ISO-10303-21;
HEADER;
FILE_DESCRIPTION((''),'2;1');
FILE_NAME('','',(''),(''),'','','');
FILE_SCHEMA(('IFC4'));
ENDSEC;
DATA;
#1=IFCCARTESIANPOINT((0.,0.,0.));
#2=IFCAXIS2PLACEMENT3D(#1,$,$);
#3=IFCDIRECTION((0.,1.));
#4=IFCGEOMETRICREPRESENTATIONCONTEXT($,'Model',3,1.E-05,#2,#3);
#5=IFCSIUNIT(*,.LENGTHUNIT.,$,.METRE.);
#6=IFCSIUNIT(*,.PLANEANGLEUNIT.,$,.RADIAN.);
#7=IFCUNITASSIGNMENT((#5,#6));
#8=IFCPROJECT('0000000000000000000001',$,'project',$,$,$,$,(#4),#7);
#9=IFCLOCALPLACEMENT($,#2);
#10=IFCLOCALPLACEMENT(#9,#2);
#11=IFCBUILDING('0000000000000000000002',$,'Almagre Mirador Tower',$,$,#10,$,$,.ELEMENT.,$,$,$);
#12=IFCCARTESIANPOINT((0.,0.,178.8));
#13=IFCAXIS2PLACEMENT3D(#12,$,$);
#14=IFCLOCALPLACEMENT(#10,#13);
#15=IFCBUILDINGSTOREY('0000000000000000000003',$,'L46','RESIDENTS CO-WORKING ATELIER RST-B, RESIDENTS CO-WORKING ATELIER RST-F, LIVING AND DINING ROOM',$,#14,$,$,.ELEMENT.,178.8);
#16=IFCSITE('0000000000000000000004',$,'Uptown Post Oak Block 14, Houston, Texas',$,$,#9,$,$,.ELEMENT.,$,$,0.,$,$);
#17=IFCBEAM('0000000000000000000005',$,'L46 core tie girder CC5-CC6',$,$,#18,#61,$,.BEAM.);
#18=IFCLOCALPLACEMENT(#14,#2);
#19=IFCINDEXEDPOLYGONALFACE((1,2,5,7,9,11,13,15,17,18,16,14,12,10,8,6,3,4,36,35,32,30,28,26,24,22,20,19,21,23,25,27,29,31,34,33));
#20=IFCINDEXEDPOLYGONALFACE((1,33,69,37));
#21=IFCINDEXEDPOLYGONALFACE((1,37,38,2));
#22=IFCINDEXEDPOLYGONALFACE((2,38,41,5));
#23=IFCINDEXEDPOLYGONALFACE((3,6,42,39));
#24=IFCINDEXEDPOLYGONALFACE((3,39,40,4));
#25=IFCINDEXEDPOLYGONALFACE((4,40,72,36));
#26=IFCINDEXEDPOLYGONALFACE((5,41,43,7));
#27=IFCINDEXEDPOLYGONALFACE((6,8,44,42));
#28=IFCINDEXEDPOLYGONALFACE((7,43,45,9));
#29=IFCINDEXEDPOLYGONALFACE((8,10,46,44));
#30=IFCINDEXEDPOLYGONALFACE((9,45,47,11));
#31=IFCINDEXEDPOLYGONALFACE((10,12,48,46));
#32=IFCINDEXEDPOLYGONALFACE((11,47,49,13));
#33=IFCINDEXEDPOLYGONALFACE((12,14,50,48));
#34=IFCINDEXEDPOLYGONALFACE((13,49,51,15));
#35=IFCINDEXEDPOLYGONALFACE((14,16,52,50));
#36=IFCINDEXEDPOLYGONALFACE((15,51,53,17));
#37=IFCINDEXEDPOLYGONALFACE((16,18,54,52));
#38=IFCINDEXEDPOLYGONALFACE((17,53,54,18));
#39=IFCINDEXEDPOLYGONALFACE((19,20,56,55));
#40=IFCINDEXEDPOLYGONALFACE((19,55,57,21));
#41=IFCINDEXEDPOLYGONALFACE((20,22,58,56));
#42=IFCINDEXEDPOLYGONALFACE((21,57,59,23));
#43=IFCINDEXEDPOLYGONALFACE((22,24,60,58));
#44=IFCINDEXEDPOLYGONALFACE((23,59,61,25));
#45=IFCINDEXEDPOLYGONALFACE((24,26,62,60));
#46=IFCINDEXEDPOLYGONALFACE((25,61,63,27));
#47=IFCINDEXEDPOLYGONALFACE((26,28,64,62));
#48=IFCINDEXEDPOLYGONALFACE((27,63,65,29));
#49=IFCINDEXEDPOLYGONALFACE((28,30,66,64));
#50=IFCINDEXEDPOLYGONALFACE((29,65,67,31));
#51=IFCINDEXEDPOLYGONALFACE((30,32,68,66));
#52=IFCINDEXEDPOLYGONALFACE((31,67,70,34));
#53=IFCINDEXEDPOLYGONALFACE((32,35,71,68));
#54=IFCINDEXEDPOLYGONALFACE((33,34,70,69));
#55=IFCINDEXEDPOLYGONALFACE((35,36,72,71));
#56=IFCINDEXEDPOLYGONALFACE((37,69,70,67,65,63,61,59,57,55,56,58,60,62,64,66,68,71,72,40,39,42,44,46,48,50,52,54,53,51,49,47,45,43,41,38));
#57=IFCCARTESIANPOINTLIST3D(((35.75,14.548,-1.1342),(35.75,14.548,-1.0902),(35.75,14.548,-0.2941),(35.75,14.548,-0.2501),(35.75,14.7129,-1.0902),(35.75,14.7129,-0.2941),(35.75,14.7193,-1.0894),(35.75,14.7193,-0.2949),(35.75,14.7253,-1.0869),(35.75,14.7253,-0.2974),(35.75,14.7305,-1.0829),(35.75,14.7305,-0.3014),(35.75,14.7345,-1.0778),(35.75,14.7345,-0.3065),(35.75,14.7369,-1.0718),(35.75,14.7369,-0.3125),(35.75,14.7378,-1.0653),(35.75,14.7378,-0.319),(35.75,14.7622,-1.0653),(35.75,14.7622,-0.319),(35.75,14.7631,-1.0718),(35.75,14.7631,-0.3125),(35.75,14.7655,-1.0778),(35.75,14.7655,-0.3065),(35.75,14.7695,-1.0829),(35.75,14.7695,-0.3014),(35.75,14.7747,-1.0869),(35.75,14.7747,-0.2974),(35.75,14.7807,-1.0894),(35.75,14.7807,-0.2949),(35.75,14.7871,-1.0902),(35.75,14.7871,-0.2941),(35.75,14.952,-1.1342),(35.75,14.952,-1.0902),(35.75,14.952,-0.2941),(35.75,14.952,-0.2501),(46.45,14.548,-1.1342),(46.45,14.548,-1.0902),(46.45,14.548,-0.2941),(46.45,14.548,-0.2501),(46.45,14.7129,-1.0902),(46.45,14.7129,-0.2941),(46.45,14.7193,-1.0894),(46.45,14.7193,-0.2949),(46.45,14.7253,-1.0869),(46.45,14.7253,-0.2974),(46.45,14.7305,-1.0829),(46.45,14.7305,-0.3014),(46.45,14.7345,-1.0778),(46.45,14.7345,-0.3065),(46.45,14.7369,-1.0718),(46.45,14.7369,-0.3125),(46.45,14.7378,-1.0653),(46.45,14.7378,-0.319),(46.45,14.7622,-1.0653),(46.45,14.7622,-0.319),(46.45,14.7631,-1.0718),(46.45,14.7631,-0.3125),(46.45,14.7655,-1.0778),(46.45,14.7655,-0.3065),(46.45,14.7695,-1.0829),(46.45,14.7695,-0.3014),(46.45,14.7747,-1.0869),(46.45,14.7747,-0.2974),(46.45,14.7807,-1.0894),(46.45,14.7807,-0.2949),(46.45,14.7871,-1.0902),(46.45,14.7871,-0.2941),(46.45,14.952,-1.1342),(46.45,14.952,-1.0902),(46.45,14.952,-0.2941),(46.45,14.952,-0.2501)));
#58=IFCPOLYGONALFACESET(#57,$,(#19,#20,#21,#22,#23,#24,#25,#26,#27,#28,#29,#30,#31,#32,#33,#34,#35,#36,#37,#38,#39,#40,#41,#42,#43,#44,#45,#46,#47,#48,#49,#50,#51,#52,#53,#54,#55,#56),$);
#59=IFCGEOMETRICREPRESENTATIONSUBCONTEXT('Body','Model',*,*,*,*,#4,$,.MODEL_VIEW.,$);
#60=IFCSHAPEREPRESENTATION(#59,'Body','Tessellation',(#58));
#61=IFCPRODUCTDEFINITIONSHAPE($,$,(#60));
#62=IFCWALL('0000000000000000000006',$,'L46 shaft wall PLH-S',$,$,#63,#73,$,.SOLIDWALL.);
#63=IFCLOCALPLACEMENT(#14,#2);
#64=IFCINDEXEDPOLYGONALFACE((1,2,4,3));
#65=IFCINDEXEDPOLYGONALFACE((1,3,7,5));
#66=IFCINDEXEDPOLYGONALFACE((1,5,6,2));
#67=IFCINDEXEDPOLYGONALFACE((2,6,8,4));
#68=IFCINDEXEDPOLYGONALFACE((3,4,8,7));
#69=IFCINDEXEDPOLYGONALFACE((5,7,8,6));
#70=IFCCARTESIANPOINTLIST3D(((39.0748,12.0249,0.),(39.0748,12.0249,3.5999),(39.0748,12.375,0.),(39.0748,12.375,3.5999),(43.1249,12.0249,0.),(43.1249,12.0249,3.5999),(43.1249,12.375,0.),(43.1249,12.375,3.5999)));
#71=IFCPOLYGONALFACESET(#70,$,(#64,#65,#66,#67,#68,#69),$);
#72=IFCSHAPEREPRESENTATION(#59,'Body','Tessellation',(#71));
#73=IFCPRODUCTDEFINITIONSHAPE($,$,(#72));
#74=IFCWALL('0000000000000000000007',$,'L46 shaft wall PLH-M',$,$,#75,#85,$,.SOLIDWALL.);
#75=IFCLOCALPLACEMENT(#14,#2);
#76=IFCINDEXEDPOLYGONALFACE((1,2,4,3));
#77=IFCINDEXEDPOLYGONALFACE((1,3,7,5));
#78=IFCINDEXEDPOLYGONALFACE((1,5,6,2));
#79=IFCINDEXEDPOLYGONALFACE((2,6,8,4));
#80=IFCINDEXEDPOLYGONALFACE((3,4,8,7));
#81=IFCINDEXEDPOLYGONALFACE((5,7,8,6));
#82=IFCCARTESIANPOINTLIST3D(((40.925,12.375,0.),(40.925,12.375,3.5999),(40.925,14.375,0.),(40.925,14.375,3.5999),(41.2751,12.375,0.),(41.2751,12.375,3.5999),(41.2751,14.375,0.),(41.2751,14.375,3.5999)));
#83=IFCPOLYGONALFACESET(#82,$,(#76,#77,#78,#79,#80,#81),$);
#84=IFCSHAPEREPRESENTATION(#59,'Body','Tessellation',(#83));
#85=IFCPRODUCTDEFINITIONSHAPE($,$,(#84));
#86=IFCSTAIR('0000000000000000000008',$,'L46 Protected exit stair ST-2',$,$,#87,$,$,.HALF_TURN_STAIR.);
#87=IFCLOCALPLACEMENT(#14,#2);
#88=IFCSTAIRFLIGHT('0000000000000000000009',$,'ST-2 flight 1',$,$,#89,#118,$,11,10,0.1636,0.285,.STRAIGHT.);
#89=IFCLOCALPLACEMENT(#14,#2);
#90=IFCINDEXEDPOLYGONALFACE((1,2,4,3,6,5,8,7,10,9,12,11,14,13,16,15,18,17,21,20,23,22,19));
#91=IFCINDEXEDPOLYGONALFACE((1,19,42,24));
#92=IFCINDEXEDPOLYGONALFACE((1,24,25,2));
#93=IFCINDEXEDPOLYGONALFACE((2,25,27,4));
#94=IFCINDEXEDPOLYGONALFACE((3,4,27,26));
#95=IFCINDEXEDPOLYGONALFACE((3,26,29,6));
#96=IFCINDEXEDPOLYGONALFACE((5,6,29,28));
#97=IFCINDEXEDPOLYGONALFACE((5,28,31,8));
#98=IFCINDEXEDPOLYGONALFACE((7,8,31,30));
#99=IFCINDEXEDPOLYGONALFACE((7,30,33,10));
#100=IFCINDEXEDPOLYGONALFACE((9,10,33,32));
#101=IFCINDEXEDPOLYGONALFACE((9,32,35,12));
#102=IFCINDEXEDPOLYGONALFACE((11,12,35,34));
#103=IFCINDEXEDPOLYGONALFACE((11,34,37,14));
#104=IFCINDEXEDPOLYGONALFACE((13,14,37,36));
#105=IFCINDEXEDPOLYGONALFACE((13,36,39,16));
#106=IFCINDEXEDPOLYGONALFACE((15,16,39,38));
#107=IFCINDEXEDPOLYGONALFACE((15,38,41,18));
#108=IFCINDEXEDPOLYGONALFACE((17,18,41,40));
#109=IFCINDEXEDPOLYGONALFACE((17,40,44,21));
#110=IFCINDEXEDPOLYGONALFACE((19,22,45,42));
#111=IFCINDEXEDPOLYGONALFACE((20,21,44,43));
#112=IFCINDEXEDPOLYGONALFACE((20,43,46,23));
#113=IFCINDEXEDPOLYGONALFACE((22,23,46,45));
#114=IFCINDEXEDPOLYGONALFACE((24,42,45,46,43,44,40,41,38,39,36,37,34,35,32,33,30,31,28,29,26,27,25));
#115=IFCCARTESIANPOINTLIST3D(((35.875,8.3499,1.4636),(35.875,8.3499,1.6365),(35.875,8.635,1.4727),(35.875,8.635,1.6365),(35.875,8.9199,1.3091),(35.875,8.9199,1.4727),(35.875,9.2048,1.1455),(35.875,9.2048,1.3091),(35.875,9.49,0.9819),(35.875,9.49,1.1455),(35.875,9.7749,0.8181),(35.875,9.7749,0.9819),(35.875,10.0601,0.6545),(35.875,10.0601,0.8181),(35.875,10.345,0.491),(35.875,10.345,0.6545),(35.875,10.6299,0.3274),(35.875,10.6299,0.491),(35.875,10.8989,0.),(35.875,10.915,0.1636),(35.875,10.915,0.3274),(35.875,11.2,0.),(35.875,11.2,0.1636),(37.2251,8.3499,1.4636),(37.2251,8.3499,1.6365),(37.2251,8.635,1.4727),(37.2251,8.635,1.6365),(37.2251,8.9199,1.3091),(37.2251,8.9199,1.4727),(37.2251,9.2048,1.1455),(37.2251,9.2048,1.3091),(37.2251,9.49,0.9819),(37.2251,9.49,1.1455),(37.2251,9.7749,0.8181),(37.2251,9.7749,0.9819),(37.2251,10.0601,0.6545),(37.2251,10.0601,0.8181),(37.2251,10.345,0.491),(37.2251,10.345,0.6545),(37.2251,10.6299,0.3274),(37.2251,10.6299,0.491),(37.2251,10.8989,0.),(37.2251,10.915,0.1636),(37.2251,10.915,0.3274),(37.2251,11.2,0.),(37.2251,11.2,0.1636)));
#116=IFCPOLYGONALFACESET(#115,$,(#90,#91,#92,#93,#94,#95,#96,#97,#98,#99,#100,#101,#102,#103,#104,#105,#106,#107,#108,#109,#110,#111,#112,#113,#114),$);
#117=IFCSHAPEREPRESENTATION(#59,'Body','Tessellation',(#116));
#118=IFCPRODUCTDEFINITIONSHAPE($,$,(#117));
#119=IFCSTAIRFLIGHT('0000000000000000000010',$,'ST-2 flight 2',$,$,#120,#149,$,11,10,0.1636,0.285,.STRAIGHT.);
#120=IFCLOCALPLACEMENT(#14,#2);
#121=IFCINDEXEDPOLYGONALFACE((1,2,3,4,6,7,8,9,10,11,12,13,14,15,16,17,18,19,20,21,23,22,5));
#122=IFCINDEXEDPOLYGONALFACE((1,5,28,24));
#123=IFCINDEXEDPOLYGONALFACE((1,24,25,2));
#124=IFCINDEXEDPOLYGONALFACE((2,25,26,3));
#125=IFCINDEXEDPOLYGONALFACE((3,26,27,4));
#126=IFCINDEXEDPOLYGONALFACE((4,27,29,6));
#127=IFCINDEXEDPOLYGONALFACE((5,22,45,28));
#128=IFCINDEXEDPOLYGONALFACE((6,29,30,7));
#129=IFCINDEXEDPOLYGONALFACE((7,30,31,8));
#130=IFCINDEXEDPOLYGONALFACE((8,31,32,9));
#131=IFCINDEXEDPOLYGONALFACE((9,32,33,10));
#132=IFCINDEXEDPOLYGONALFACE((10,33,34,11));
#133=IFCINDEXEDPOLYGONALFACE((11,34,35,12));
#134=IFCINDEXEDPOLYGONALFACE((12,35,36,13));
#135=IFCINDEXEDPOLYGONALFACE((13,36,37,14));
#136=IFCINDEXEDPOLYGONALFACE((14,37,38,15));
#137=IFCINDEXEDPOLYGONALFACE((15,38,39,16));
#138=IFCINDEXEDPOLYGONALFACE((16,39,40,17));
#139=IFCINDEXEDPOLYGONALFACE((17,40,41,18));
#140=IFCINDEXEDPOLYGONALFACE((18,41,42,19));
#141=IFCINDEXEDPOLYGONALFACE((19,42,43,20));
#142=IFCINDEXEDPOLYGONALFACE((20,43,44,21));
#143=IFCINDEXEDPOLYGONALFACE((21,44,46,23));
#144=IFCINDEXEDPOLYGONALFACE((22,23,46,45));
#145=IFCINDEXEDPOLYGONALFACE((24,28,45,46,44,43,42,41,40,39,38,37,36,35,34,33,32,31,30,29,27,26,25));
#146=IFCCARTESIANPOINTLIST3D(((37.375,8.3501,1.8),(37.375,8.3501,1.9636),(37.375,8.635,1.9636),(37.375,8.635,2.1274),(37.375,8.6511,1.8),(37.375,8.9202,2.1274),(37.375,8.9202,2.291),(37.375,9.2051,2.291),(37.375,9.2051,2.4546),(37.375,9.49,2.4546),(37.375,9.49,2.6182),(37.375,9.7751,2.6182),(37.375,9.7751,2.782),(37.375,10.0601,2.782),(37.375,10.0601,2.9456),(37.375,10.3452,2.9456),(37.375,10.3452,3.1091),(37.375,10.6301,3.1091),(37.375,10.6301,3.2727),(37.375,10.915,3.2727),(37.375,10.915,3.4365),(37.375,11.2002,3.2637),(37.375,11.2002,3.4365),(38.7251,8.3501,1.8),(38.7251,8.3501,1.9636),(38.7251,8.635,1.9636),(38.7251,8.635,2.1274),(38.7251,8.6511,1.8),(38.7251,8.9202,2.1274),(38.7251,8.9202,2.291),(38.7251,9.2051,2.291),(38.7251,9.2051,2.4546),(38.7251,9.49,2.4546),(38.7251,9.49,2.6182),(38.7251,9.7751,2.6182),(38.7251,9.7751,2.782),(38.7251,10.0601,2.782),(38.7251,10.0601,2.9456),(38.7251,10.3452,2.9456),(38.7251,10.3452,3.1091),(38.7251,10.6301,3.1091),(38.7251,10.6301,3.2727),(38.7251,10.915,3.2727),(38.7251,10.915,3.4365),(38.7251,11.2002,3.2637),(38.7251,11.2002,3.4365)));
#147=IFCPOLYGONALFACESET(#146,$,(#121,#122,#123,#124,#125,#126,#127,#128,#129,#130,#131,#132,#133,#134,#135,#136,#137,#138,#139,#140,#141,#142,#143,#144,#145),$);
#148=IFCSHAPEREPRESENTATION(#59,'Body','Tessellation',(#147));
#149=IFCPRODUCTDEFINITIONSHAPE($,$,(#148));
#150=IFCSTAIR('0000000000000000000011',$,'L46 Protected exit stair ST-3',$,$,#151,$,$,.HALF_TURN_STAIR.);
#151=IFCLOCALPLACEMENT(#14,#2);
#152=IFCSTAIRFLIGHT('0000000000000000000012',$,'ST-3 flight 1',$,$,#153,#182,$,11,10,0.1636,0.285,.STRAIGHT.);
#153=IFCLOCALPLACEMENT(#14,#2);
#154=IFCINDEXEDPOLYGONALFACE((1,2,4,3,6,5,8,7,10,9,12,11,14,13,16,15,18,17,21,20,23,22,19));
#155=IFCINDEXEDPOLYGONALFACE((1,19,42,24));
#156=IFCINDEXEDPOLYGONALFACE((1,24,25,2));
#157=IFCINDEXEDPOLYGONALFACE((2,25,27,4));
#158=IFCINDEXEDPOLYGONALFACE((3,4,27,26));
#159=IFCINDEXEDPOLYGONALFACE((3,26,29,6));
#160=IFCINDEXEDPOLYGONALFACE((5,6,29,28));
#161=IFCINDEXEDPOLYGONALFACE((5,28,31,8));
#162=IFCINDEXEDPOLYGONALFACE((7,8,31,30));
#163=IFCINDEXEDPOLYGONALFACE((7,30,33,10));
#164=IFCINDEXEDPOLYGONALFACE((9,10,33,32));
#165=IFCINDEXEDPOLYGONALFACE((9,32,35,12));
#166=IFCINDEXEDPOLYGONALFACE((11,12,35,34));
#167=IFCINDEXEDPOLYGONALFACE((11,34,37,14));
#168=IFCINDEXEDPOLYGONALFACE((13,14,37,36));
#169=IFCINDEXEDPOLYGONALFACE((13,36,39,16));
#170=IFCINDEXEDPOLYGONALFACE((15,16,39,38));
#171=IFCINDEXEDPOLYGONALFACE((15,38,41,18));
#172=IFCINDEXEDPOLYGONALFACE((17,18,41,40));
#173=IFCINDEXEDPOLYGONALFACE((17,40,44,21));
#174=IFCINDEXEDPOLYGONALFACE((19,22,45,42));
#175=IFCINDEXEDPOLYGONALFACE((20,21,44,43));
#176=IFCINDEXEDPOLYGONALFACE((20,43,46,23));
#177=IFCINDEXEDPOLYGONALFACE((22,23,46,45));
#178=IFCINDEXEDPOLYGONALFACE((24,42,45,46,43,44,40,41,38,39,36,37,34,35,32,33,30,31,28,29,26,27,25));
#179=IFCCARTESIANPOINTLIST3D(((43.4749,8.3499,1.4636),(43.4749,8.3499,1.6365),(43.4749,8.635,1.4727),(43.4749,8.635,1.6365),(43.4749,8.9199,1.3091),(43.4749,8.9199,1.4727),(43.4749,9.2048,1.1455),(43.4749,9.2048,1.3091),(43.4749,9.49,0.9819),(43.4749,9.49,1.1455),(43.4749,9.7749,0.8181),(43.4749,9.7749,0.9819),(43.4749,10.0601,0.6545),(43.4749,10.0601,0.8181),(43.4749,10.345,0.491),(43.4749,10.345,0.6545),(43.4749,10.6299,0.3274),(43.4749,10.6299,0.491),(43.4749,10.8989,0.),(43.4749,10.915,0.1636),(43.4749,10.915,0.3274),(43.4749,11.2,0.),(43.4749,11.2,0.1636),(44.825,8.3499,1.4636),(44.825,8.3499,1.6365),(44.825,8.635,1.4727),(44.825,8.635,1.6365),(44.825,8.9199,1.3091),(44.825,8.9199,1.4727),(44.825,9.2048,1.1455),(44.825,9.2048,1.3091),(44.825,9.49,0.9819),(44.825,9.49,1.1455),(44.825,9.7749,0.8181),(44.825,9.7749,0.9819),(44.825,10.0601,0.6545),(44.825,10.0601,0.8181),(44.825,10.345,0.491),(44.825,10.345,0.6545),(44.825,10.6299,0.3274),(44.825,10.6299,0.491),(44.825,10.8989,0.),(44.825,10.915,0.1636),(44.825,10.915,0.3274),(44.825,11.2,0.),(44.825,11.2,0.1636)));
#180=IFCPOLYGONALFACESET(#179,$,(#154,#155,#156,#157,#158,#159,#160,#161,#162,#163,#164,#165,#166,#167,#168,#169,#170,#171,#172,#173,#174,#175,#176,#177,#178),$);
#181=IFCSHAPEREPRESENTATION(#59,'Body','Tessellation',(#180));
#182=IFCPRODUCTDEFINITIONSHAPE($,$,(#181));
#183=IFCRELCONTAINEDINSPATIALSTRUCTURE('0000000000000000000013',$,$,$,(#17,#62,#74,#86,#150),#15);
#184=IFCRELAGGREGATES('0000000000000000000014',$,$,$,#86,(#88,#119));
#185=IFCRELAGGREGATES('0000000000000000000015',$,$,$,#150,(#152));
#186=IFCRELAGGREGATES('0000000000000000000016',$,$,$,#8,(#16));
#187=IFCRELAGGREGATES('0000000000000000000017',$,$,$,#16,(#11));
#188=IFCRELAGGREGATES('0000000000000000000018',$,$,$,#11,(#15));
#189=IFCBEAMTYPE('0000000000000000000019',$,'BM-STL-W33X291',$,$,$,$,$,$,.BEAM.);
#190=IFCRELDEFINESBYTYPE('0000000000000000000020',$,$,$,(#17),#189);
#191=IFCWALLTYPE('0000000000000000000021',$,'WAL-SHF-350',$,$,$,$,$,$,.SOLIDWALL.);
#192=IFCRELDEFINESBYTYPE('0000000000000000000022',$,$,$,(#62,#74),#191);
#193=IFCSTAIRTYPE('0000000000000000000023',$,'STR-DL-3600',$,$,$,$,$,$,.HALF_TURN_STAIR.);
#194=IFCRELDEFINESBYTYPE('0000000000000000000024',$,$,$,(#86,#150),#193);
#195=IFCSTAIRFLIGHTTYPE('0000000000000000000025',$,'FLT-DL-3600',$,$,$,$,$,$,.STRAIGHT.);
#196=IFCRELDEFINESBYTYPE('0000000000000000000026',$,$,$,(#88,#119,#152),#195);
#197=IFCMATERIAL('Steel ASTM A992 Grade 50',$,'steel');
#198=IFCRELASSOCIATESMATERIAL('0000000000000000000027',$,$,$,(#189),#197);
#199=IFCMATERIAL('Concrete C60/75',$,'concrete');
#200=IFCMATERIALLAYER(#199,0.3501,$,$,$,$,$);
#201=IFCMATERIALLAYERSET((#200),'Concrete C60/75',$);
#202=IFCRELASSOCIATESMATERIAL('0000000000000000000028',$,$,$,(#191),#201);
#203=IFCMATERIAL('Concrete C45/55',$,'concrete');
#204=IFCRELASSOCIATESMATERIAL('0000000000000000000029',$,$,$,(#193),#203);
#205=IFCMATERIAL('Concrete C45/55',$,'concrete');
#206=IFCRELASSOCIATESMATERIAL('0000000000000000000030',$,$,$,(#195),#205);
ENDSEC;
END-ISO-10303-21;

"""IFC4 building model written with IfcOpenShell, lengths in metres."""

from ifc_helpers import new_model, si_unit, direction, frame, frame_2d, origin, origin_2d, place, context, subcontext, project, spatial, polyline, rectangle, i_section, outline, extrude, material, layer, layer_set, material_profile, profile_set, type_object, element, aggregate, save


model = new_model("IFC4")

# Units and contexts
model_context = context("Model", 3, precision=1e-05, world=origin(), true_north=direction((0.0, 1.0)))
body_context = subcontext(model_context, "Body", "Model", "MODEL_VIEW")
ifc_project = project(units=[si_unit("LENGTHUNIT", "METRE"), si_unit("PLANEANGLEUNIT", "RADIAN")], contexts=[model_context])

# Site, building, storey
site_placement = place(None, origin())
site = spatial("IfcSite", under=ifc_project, at=site_placement, Name="Uptown Post Oak Block 14, Houston, Texas", CompositionType="ELEMENT", RefElevation=0.0)
building_placement = place(site_placement, origin())
building = spatial("IfcBuilding", under=site, at=building_placement, Name="Almagre Mirador Tower", CompositionType="ELEMENT")
storey_placement = place(building_placement, frame((0.0, 0.0, 178.8)))
storey = spatial("IfcBuildingStorey", under=building, at=storey_placement, Name="L46", Description="RESIDENTS CO-WORKING ATELIER RST-B, RESIDENTS CO-WORKING ATELIER RST-F, LIVING AND DINING ROOM", CompositionType="ELEMENT", Elevation=178.8)

# Beam
ifc_material_1 = material(Name="Steel ASTM A992 Grade 50", Category="steel")
ifc_material_profile = material_profile(ifc_material_1, i_section(OverallWidth=0.4041, OverallDepth=0.884, WebThickness=0.0244, FlangeThickness=0.0439, FilletRadius=0.0249, at=origin_2d()), Name="W33X291")
ifc_profile_set = profile_set([ifc_material_profile], Name="Steel ASTM A992 Grade 50")
beam_type = type_object("IfcBeamType", Name="BM-STL-W33X291", PredefinedType="BEAM", material=ifc_profile_set)
beam_placement = place(storey_placement, frame((35.75, 14.75, -0.6921), z_axis=(1.0, 0.0, 0.0), x_axis=(0.0, 1.0, 0.0)))
element("IfcBeam", 1, at=beam_placement, inside=storey, type_object=beam_type, Name="L46 core tie girder CC5-CC6", PredefinedType="BEAM", context=body_context, shape_type="SweptSolid", body=[
    extrude(i_section(OverallWidth=0.4041, OverallDepth=0.884, WebThickness=0.0244, FlangeThickness=0.0439, FilletRadius=0.0249, at=origin_2d()), origin(), (0.0, 0.0, 1.0), 10.7),
])

# Walls
ifc_material_2 = material(Name="Concrete C60/75", Category="concrete")
ifc_layer_1 = layer(ifc_material_2, 0.3501)
ifc_layer_set_1 = layer_set([ifc_layer_1], Name="Concrete C60/75")
wall_type_1 = type_object("IfcWallType", Name="WAL-SHF-350", PredefinedType="SOLIDWALL", material=ifc_layer_set_1)
wall_1_placement = place(storey_placement, frame((39.075, 12.2, 0.0), z_axis=(0.0, 0.0, 1.0), x_axis=(1.0, 0.0, 0.0)))
element("IfcWall", 2, at=wall_1_placement, inside=storey, type_object=wall_type_1, Name="L46 shaft wall PLH-S", PredefinedType="SOLIDWALL", context=body_context, shape_type="SweptSolid", body=[
    extrude(rectangle(XDim=4.05, YDim=0.3501, at=frame_2d((2.0249, 0.0))), origin(), (0.0, 0.0, 1.0), 3.5999),
])
wall_2_placement = place(storey_placement, frame((41.1001, 12.375, 0.0), z_axis=(0.0, 0.0, 1.0), x_axis=(0.0, 1.0, 0.0)))
element("IfcWall", 3, at=wall_2_placement, inside=storey, type_object=wall_type_1, Name="L46 shaft wall PLH-M", PredefinedType="SOLIDWALL", context=body_context, shape_type="SweptSolid", body=[
    extrude(rectangle(XDim=2.0, YDim=0.3501, at=frame_2d((1.0, 0.0))), origin(), (0.0, 0.0, 1.0), 3.5999),
])

# Stair, stair flights
ifc_material_3 = material(Name="Concrete C45/55", Category="concrete")
stair_type = type_object("IfcStairType", Name="STR-DL-3600", PredefinedType="HALF_TURN_STAIR", material=ifc_material_3)
stair_1_placement = place(storey_placement, origin())
stair_1 = element("IfcStair", 4, at=stair_1_placement, inside=storey, type_object=stair_type, Name="L46 Protected exit stair ST-2", PredefinedType="HALF_TURN_STAIR")
ifc_material_4 = material(Name="Concrete C45/55", Category="concrete")
stair_flight_type = type_object("IfcStairFlightType", Name="FLT-DL-3600", PredefinedType="STRAIGHT", material=ifc_material_4)
stair_flight_1_placement = place(storey_placement, frame((36.55, 11.2, 0.0), z_axis=(0.0, 0.0, 1.0), x_axis=(0.0, -1.0, 0.0)))
stair_flight_1 = element("IfcStairFlight", 5, at=stair_flight_1_placement, type_object=stair_flight_type, Name="ST-2 flight 1", NumberOfRisers=11, NumberOfTreads=10, PredefinedType="STRAIGHT", RiserHeight=0.1636, TreadLength=0.285, context=body_context, shape_type="SweptSolid", body=[
    extrude(outline(polyline([(0.0, 0.0), (0.0, 0.1636), (0.2849, 0.1636), (0.2849, 0.3274), (0.5701, 0.3274), (0.5701, 0.491), (0.855, 0.491), (0.855, 0.6545), (1.1399, 0.6545), (1.1399, 0.8181), (1.425, 0.8181), (1.425, 0.9819), (1.71, 0.9819), (1.71, 1.1455), (1.9951, 1.1455), (1.9951, 1.3091), (2.28, 1.3091), (2.28, 1.4727), (2.5649, 1.4727), (2.5649, 1.6365), (2.8501, 1.6365), (2.8501, 1.8), (2.8501, 1.4636), (0.301, 0.0), (0.0, 0.0)])), frame((0.0, 0.675, 0.0), z_axis=(0.0, -1.0, 0.0), x_axis=(1.0, 0.0, 0.0)), (0.0, 0.0, 1.0), 1.3501),
])
stair_flight_2_placement = place(storey_placement, frame((38.05, 8.3501, 1.8), z_axis=(0.0, 0.0, 1.0), x_axis=(0.0, 1.0, 0.0)))
stair_flight_2 = element("IfcStairFlight", 6, at=stair_flight_2_placement, type_object=stair_flight_type, Name="ST-2 flight 2", NumberOfRisers=11, NumberOfTreads=10, PredefinedType="STRAIGHT", RiserHeight=0.1636, TreadLength=0.285, context=body_context, shape_type="SweptSolid", body=[
    extrude(outline(polyline([(0.0, 0.0), (0.0, 0.1636), (0.2849, 0.1636), (0.2849, 0.3274), (0.5701, 0.3274), (0.5701, 0.491), (0.855, 0.491), (0.855, 0.6545), (1.1399, 0.6545), (1.1399, 0.8181), (1.425, 0.8181), (1.425, 0.9819), (1.71, 0.9819), (1.71, 1.1455), (1.9951, 1.1455), (1.9951, 1.3091), (2.28, 1.3091), (2.28, 1.4727), (2.5649, 1.4727), (2.5649, 1.6365), (2.8501, 1.6365), (2.8501, 1.8), (2.8501, 1.4636), (0.301, 0.0), (0.0, 0.0)])), frame((0.0, 0.675, 0.0), z_axis=(0.0, -1.0, 0.0), x_axis=(1.0, 0.0, 0.0)), (0.0, 0.0, 1.0), 1.3501),
])
aggregate(stair_1, [stair_flight_1, stair_flight_2])

# Stair, stair flight
stair_2_placement = place(storey_placement, origin())
stair_2 = element("IfcStair", 7, at=stair_2_placement, inside=storey, type_object=stair_type, Name="L46 Protected exit stair ST-3", PredefinedType="HALF_TURN_STAIR")
stair_flight_3_placement = place(storey_placement, frame((44.1499, 11.2, 0.0), z_axis=(0.0, 0.0, 1.0), x_axis=(0.0, -1.0, 0.0)))
stair_flight_3 = element("IfcStairFlight", 8, at=stair_flight_3_placement, type_object=stair_flight_type, Name="ST-3 flight 1", NumberOfRisers=11, NumberOfTreads=10, PredefinedType="STRAIGHT", RiserHeight=0.1636, TreadLength=0.285, context=body_context, shape_type="SweptSolid", body=[
    extrude(outline(polyline([(0.0, 0.0), (0.0, 0.1636), (0.2849, 0.1636), (0.2849, 0.3274), (0.5701, 0.3274), (0.5701, 0.491), (0.855, 0.491), (0.855, 0.6545), (1.1399, 0.6545), (1.1399, 0.8181), (1.425, 0.8181), (1.425, 0.9819), (1.71, 0.9819), (1.71, 1.1455), (1.9951, 1.1455), (1.9951, 1.3091), (2.28, 1.3091), (2.28, 1.4727), (2.5649, 1.4727), (2.5649, 1.6365), (2.8501, 1.6365), (2.8501, 1.8), (2.8501, 1.4636), (0.301, 0.0), (0.0, 0.0)])), frame((0.0, 0.675, 0.0), z_axis=(0.0, -1.0, 0.0), x_axis=(1.0, 0.0, 0.0)), (0.0, 0.0, 1.0), 1.3501),
])
aggregate(stair_2, [stair_flight_3])

save(model, "model.ifc")
